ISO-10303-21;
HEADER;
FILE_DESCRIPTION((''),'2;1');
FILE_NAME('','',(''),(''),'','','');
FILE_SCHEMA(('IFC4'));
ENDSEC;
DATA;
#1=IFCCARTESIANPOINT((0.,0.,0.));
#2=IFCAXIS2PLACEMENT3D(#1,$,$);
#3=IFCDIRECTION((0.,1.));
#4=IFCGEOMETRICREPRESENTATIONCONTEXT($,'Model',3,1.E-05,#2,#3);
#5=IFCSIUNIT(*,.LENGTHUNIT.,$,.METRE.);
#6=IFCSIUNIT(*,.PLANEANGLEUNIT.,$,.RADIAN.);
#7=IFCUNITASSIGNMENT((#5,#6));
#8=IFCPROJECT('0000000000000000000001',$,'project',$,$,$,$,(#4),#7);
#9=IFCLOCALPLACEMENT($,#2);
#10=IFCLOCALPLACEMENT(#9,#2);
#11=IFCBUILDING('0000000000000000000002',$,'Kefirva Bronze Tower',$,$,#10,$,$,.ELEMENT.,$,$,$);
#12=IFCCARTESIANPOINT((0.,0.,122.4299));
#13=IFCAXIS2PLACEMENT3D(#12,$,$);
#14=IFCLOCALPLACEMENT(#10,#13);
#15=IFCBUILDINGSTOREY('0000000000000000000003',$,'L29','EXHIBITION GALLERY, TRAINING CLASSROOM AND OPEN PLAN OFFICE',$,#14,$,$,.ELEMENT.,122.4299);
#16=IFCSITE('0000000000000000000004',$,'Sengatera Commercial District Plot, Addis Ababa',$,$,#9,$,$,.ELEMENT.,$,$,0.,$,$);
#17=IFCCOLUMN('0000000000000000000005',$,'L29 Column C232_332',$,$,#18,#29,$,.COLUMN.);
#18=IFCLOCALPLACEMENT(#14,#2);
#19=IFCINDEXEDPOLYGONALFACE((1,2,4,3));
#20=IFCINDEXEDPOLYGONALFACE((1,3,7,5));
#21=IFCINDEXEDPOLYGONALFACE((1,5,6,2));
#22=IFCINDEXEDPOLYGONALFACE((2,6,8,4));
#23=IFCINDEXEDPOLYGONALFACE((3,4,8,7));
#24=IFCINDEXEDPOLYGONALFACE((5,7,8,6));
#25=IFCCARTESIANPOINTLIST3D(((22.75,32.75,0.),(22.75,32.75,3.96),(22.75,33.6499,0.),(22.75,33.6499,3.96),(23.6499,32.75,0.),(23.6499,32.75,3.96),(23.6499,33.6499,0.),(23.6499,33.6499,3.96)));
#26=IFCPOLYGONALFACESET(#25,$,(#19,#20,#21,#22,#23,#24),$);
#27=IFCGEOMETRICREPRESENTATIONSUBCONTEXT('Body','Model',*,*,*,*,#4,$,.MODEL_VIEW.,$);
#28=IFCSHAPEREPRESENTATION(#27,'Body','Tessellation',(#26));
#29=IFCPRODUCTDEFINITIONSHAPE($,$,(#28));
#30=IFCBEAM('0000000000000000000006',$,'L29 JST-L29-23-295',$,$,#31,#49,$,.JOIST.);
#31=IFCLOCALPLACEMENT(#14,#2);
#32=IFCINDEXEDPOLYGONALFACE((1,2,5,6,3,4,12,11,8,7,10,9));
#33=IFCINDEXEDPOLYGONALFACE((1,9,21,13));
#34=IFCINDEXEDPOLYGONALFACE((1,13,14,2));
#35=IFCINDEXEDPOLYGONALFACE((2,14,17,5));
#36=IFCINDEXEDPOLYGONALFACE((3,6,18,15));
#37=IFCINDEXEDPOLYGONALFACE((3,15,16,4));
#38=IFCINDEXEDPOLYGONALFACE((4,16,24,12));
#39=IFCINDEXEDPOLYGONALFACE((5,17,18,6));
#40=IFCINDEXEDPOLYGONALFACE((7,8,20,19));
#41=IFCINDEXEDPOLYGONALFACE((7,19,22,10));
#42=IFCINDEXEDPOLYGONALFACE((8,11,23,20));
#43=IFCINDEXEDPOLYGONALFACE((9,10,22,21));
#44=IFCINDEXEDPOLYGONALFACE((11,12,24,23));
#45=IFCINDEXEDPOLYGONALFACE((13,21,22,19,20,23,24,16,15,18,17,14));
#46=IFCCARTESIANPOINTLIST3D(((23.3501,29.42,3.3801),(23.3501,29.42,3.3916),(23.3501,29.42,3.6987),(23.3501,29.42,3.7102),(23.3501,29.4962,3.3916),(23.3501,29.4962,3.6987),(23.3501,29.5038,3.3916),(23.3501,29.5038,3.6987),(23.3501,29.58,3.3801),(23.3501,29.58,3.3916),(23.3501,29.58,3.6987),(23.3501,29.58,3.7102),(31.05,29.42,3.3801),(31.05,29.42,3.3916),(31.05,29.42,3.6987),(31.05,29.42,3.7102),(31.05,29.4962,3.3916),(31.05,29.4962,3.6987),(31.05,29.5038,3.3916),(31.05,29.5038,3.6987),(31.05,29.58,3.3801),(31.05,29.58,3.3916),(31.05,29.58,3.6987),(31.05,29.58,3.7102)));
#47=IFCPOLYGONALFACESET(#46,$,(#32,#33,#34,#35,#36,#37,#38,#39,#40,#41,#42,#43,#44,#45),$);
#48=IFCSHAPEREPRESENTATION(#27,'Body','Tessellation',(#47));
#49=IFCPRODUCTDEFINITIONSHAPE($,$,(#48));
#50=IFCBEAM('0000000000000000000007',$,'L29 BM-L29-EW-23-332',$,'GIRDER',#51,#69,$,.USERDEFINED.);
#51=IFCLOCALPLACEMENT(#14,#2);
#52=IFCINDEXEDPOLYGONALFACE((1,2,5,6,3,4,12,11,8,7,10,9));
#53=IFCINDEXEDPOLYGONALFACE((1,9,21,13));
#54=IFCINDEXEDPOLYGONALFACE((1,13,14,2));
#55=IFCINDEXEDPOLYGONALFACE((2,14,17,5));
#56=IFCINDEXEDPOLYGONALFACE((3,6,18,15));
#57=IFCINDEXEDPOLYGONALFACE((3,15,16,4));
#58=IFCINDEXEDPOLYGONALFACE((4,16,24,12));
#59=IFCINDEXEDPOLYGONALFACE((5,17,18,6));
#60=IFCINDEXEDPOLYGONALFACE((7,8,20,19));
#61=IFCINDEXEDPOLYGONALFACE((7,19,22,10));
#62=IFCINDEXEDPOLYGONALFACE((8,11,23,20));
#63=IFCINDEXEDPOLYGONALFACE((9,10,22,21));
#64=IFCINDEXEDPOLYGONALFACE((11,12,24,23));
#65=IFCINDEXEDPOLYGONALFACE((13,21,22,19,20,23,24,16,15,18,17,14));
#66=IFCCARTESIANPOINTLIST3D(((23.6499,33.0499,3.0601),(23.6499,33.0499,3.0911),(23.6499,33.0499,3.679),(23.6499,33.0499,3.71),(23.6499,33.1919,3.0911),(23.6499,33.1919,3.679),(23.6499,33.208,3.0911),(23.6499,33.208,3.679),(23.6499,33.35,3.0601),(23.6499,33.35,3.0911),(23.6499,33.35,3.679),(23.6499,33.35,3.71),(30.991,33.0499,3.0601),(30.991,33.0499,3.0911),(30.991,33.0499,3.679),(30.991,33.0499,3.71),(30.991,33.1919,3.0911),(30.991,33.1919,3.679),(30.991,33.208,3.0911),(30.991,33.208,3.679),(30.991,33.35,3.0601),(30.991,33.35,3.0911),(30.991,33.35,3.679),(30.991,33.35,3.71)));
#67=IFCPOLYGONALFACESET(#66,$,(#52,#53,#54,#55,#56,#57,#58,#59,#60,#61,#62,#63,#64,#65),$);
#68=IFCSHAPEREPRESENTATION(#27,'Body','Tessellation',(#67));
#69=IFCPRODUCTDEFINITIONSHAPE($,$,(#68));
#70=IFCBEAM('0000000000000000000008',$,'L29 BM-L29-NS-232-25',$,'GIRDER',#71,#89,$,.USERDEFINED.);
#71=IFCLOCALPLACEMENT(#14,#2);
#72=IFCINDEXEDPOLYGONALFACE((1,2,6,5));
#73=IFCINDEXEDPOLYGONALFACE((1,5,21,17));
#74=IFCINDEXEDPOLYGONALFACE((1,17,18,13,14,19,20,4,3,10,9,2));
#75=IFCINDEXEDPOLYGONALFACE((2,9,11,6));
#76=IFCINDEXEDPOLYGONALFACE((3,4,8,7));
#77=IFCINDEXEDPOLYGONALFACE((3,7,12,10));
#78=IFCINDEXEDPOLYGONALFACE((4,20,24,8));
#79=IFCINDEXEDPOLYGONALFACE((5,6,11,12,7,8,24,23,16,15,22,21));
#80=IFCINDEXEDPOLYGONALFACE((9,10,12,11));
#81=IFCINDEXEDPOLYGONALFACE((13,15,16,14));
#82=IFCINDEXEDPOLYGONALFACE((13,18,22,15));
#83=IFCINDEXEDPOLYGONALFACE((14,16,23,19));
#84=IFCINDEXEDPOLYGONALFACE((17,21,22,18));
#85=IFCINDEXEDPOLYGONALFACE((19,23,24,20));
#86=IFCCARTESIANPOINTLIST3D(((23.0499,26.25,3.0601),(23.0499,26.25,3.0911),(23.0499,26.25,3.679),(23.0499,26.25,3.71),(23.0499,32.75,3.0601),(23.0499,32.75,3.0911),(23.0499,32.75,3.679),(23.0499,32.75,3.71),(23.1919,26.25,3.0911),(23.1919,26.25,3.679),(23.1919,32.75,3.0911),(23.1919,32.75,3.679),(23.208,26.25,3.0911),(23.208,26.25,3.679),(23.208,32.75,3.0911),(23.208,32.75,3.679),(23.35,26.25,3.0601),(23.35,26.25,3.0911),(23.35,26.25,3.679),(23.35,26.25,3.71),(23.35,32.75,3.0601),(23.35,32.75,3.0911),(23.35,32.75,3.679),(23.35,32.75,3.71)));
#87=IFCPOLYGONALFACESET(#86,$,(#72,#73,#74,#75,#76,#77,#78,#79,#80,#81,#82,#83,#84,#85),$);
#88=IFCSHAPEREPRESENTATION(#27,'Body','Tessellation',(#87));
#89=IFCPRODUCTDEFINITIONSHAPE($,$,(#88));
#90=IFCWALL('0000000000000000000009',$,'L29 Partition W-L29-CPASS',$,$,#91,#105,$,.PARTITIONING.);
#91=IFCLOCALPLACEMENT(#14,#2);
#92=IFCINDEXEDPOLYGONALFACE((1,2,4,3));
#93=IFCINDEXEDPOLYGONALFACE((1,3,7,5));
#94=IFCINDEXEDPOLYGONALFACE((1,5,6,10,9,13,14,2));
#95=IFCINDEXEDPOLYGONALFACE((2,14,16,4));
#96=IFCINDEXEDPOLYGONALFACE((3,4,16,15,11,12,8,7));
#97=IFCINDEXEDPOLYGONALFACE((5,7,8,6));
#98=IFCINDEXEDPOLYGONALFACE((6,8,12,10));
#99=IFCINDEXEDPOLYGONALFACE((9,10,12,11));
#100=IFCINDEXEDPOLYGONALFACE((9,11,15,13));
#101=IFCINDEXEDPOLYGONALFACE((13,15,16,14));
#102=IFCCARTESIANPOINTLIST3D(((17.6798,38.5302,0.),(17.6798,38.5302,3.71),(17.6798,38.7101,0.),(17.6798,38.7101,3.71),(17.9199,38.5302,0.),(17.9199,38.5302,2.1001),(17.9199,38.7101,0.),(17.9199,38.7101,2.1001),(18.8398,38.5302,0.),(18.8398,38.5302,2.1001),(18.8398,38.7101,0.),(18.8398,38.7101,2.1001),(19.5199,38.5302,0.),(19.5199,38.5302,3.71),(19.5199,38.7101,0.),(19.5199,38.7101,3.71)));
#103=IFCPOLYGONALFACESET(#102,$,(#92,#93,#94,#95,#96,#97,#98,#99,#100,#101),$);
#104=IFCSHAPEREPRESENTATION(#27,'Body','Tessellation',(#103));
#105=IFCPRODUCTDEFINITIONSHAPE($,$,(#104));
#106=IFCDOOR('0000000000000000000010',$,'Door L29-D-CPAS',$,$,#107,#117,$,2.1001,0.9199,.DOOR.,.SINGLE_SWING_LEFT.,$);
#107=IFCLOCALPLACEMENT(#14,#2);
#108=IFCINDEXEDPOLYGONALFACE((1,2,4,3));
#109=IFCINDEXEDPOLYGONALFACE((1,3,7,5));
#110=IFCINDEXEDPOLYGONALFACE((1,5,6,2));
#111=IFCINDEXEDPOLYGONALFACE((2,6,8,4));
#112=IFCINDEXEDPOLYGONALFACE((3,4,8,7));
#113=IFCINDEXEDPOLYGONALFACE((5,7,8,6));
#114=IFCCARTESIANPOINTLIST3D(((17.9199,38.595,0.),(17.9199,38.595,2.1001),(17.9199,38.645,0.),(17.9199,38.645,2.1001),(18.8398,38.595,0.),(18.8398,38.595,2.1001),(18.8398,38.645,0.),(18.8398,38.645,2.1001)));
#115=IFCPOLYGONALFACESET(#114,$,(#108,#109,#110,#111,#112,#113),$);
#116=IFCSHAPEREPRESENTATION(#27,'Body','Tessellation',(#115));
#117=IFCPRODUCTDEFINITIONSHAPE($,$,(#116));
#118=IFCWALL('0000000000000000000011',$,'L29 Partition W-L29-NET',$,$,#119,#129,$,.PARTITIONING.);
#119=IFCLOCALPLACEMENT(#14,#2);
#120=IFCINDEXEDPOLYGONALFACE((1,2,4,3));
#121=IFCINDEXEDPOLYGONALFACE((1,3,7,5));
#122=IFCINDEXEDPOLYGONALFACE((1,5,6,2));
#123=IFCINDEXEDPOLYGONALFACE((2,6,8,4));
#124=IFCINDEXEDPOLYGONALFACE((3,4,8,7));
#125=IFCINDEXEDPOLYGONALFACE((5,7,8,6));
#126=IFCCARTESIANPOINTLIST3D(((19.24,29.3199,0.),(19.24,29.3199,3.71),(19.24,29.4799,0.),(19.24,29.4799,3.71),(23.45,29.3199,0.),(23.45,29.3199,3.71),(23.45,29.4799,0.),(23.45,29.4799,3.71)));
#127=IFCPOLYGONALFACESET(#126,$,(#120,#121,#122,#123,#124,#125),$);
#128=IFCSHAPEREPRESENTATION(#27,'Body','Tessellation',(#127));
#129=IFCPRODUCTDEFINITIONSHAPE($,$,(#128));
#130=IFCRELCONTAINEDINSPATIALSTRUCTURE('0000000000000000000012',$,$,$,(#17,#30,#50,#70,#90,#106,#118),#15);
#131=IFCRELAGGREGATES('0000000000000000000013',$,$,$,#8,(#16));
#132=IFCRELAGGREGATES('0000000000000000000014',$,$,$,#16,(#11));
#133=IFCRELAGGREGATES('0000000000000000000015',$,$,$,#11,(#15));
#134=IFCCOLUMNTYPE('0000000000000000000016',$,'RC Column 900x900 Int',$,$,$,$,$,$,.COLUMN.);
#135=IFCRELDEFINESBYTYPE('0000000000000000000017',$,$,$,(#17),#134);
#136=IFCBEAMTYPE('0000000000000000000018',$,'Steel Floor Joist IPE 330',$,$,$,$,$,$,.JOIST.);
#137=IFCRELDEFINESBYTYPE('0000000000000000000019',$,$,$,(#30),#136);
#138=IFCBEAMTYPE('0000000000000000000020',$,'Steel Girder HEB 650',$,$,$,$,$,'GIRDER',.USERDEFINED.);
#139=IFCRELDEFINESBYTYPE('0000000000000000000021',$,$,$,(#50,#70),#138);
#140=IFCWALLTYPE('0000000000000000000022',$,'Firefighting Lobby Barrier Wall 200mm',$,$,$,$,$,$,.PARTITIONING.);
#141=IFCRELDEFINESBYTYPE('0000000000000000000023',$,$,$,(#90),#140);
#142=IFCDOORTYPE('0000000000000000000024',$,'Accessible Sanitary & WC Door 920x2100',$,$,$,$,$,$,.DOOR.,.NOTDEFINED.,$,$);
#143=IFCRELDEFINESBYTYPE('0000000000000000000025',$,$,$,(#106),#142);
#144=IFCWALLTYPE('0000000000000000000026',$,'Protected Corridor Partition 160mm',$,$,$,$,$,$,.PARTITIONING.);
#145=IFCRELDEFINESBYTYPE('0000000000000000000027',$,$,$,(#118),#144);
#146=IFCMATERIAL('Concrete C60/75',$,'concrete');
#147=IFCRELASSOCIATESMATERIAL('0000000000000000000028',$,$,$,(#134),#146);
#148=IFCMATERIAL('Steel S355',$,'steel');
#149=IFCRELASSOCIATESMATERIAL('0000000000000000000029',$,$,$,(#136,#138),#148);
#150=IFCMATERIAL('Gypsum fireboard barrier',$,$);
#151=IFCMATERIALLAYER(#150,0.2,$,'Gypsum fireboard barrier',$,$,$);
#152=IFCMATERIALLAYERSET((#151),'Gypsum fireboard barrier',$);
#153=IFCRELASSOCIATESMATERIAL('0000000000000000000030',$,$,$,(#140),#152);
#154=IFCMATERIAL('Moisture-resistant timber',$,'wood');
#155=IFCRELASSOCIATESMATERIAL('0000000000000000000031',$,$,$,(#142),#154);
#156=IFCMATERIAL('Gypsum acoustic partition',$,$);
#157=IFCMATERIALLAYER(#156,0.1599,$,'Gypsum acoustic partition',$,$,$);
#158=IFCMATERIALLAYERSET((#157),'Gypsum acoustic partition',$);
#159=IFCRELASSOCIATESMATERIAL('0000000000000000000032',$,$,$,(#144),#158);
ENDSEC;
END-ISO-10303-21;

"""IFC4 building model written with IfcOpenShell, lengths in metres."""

from ifc_helpers import new_model, si_unit, direction, frame, frame_2d, origin, origin_2d, place, context, subcontext, project, spatial, rectangle, i_section, extrude, material, layer, layer_set, material_profile, profile_set, type_object, element, fill, save


model = new_model("IFC4")

# Units and contexts
model_context = context("Model", 3, precision=1e-05, world=origin(), true_north=direction((0.0, 1.0)))
body_context = subcontext(model_context, "Body", "Model", "MODEL_VIEW")
ifc_project = project(units=[si_unit("LENGTHUNIT", "METRE"), si_unit("PLANEANGLEUNIT", "RADIAN")], contexts=[model_context])

# Site, building, storey
site_placement = place(None, origin())
site = spatial("IfcSite", under=ifc_project, at=site_placement, Name="Sengatera Commercial District Plot, Addis Ababa", CompositionType="ELEMENT", RefElevation=0.0)
building_placement = place(site_placement, origin())
building = spatial("IfcBuilding", under=site, at=building_placement, Name="Kefirva Bronze Tower", CompositionType="ELEMENT")
storey_placement = place(building_placement, frame((0.0, 0.0, 122.4299)))
storey = spatial("IfcBuildingStorey", under=building, at=storey_placement, Name="L29", Description="EXHIBITION GALLERY, TRAINING CLASSROOM AND OPEN PLAN OFFICE", CompositionType="ELEMENT", Elevation=122.4299)

# Column
ifc_material_1 = material(Name="Concrete C60/75", Category="concrete")
ifc_material_profile_1 = material_profile(ifc_material_1, rectangle(XDim=0.8999, YDim=0.8999, at=origin_2d()), Name="RC 900x900")
ifc_profile_set_1 = profile_set([ifc_material_profile_1], Name="Concrete C60/75")
column_type = type_object("IfcColumnType", Name="RC Column 900x900 Int", PredefinedType="COLUMN", material=ifc_profile_set_1)
column_placement = place(storey_placement, frame((23.2, 33.2, 0.0), z_axis=(0.0, 0.0, 1.0), x_axis=(1.0, 0.0, 0.0)))
element("IfcColumn", 1, at=column_placement, inside=storey, type_object=column_type, Name="L29 Column C232_332", PredefinedType="COLUMN", context=body_context, shape_type="SweptSolid", body=[
    extrude(rectangle(XDim=0.8999, YDim=0.8999, at=origin_2d()), origin(), (0.0, 0.0, 1.0), 3.96),
])

# Beams
ifc_material_2 = material(Name="Steel S355", Category="steel")
ifc_material_profile_2 = material_profile(ifc_material_2, i_section(OverallWidth=0.1599, OverallDepth=0.3301, WebThickness=0.0076, FlangeThickness=0.0115, at=origin_2d()), Name="IPE 330")
ifc_profile_set_2 = profile_set([ifc_material_profile_2], Name="Steel S355")
beam_type_1 = type_object("IfcBeamType", Name="Steel Floor Joist IPE 330", PredefinedType="JOIST", material=ifc_profile_set_2)
beam_1_placement = place(storey_placement, frame((23.3501, 29.5, 3.5452), z_axis=(1.0, 0.0, 0.0), x_axis=(0.0, 1.0, 0.0)))
element("IfcBeam", 2, at=beam_1_placement, inside=storey, type_object=beam_type_1, Name="L29 JST-L29-23-295", PredefinedType="JOIST", context=body_context, shape_type="SweptSolid", body=[
    extrude(i_section(OverallWidth=0.1599, OverallDepth=0.3301, WebThickness=0.0076, FlangeThickness=0.0115, at=origin_2d()), origin(), (0.0, 0.0, 1.0), 7.7),
])
ifc_material_profile_3 = material_profile(ifc_material_2, i_section(OverallWidth=0.3, OverallDepth=0.6499, WebThickness=0.0161, FlangeThickness=0.031, at=origin_2d()), Name="HEB 650")
ifc_profile_set_3 = profile_set([ifc_material_profile_3], Name="Steel S355")
beam_type_2 = type_object("IfcBeamType", Name="Steel Girder HEB 650", ElementType="GIRDER", PredefinedType="USERDEFINED", material=ifc_profile_set_3)
beam_2_placement = place(storey_placement, frame((23.6499, 33.2, 3.385), z_axis=(1.0, 0.0, 0.0), x_axis=(0.0, 1.0, 0.0)))
element("IfcBeam", 3, at=beam_2_placement, inside=storey, type_object=beam_type_2, Name="L29 BM-L29-EW-23-332", ObjectType="GIRDER", PredefinedType="USERDEFINED", context=body_context, shape_type="SweptSolid", body=[
    extrude(i_section(OverallWidth=0.3, OverallDepth=0.6499, WebThickness=0.0161, FlangeThickness=0.031, at=origin_2d()), origin(), (0.0, 0.0, 1.0), 7.3411),
])
beam_3_placement = place(storey_placement, frame((23.2, 26.25, 3.385), z_axis=(0.0, 1.0, 0.0), x_axis=(-1.0, 0.0, 0.0)))
element("IfcBeam", 4, at=beam_3_placement, inside=storey, type_object=beam_type_2, Name="L29 BM-L29-NS-232-25", ObjectType="GIRDER", PredefinedType="USERDEFINED", context=body_context, shape_type="SweptSolid", body=[
    extrude(i_section(OverallWidth=0.3, OverallDepth=0.6499, WebThickness=0.0161, FlangeThickness=0.031, at=origin_2d()), origin(), (0.0, 0.0, 1.0), 6.5),
])

# Wall, opening, door
ifc_material_3 = material(Name="Gypsum fireboard barrier")
ifc_layer_1 = layer(ifc_material_3, 0.2, Name="Gypsum fireboard barrier")
ifc_layer_set_1 = layer_set([ifc_layer_1], Name="Gypsum fireboard barrier")
wall_type_1 = type_object("IfcWallType", Name="Firefighting Lobby Barrier Wall 200mm", PredefinedType="PARTITIONING", material=ifc_layer_set_1)
wall_1_placement = place(storey_placement, frame((17.6799, 38.6201, 0.0), z_axis=(0.0, 0.0, 1.0), x_axis=(1.0, 0.0, 0.0)))
wall_1 = element("IfcWall", 5, at=wall_1_placement, inside=storey, type_object=wall_type_1, Name="L29 Partition W-L29-CPASS", PredefinedType="PARTITIONING", context=body_context, shape_type="SweptSolid", body=[
    extrude(rectangle(XDim=1.8401, YDim=0.1799, at=frame_2d((0.9199, 0.0))), origin(), (0.0, 0.0, 1.0), 3.71),
])
opening_1_placement = place(wall_1_placement, frame((0.24, 0.0, 0.0)))
opening_1 = element("IfcOpeningElement", 6, at=opening_1_placement, cuts=wall_1, PredefinedType="OPENING", context=body_context, shape_type="SweptSolid", body=[
    extrude(rectangle(XDim=0.9199, YDim=2.1001, at=frame_2d((0.46, 1.05))), frame((0.0, 0.1001, 0.0), z_axis=(0.0, -1.0, 0.0), x_axis=(1.0, 0.0, 0.0)), (0.0, 0.0, 1.0), 0.2),
])
ifc_material_4 = material(Name="Moisture-resistant timber", Category="wood")
door_type_1 = type_object("IfcDoorType", Name="Accessible Sanitary & WC Door 920x2100", OperationType="NOTDEFINED", PredefinedType="DOOR", material=ifc_material_4)
door_1_placement = place(opening_1_placement, origin())
door_1 = element("IfcDoor", 7, at=door_1_placement, inside=storey, type_object=door_type_1, Name="Door L29-D-CPAS", OperationType="SINGLE_SWING_LEFT", OverallHeight=2.1001, OverallWidth=0.9199, PredefinedType="DOOR", context=body_context, shape_type="SweptSolid", body=[
    extrude(rectangle(XDim=0.9199, YDim=2.1001, at=frame_2d((0.46, 1.05))), frame((0.0, 0.0249, 0.0), z_axis=(0.0, -1.0, 0.0), x_axis=(1.0, 0.0, 0.0)), (0.0, 0.0, 1.0), 0.05),
])
fill(opening_1, door_1)

# Wall
ifc_material_5 = material(Name="Gypsum acoustic partition")
ifc_layer_2 = layer(ifc_material_5, 0.1599, Name="Gypsum acoustic partition")
ifc_layer_set_2 = layer_set([ifc_layer_2], Name="Gypsum acoustic partition")
wall_type_2 = type_object("IfcWallType", Name="Protected Corridor Partition 160mm", PredefinedType="PARTITIONING", material=ifc_layer_set_2)
wall_2_placement = place(storey_placement, frame((19.24, 29.3999, 0.0), z_axis=(0.0, 0.0, 1.0), x_axis=(1.0, 0.0, 0.0)))
element("IfcWall", 8, at=wall_2_placement, inside=storey, type_object=wall_type_2, Name="L29 Partition W-L29-NET", PredefinedType="PARTITIONING", context=body_context, shape_type="SweptSolid", body=[
    extrude(rectangle(XDim=4.21, YDim=0.1599, at=frame_2d((2.105, 0.0))), origin(), (0.0, 0.0, 1.0), 3.71),
])

save(model, "model.ifc")
